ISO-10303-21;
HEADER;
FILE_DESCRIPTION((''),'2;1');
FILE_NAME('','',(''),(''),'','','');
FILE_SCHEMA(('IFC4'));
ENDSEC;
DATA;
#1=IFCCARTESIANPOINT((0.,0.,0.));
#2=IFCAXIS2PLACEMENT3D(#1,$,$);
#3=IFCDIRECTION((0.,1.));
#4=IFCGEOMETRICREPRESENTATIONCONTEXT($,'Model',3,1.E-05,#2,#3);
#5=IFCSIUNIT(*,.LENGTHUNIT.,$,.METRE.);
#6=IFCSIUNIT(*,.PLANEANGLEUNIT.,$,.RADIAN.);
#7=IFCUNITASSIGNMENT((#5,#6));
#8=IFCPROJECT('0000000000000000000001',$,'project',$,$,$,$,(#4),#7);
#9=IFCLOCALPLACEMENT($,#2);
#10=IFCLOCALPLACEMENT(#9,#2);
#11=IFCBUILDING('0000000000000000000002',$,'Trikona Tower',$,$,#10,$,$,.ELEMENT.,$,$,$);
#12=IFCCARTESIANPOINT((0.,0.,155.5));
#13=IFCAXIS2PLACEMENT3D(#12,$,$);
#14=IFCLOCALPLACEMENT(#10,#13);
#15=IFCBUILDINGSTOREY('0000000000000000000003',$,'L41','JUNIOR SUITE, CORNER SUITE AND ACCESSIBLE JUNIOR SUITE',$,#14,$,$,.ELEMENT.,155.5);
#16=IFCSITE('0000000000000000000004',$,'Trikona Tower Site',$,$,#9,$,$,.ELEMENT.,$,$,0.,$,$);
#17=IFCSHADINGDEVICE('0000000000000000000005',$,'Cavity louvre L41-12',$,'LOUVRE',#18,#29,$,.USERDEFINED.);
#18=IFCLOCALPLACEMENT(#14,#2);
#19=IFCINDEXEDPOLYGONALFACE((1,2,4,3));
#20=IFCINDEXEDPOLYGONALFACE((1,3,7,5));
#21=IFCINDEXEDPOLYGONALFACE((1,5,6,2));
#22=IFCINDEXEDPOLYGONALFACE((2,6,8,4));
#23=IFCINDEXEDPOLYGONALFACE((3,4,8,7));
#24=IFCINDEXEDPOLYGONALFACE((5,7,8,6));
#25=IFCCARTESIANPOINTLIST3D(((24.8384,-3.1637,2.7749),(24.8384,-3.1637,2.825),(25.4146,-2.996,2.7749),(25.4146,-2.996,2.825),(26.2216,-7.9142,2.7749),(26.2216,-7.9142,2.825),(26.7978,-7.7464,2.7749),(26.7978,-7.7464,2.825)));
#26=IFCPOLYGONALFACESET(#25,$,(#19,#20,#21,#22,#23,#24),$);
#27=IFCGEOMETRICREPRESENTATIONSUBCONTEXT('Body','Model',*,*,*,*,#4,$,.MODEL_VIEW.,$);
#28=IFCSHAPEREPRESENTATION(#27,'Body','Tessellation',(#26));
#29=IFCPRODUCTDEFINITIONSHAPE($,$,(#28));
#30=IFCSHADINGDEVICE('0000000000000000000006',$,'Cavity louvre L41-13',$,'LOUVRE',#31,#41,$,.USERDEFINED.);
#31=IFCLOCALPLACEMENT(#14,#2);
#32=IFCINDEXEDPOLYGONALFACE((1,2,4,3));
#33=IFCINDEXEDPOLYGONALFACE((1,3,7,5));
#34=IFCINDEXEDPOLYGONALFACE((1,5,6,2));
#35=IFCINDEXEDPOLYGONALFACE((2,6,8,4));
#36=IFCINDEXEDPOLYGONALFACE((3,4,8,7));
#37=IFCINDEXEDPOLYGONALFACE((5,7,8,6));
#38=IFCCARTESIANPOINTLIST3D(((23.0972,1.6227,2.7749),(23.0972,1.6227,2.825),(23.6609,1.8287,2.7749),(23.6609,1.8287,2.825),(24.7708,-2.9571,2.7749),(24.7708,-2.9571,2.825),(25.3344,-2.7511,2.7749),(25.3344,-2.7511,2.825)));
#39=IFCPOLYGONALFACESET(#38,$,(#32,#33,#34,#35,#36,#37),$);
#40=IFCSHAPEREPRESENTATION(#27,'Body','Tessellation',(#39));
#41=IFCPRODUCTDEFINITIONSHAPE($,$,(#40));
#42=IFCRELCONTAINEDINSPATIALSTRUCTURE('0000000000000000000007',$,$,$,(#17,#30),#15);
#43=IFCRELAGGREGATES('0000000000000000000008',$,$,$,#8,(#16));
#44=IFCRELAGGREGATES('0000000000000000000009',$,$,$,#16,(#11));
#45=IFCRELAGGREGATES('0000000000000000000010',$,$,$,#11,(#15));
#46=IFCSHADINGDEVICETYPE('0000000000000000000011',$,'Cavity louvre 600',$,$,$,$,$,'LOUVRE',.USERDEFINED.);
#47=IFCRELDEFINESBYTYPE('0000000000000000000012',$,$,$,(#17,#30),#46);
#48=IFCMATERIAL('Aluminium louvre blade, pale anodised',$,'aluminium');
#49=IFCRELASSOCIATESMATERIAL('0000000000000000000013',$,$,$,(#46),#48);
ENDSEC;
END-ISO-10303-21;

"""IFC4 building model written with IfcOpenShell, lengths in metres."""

from ifc_helpers import new_model, si_unit, direction, frame, origin, origin_2d, place, context, subcontext, project, spatial, rectangle, extrude, material, type_object, element, save


model = new_model("IFC4")

# Units and contexts
model_context = context("Model", 3, precision=1e-05, world=origin(), true_north=direction((0.0, 1.0)))
body_context = subcontext(model_context, "Body", "Model", "MODEL_VIEW")
ifc_project = project(units=[si_unit("LENGTHUNIT", "METRE"), si_unit("PLANEANGLEUNIT", "RADIAN")], contexts=[model_context])

# Site, building, storey
site_placement = place(None, origin())
site = spatial("IfcSite", under=ifc_project, at=site_placement, Name="Trikona Tower Site", CompositionType="ELEMENT", RefElevation=0.0)
building_placement = place(site_placement, origin())
building = spatial("IfcBuilding", under=site, at=building_placement, Name="Trikona Tower", CompositionType="ELEMENT")
storey_placement = place(building_placement, frame((0.0, 0.0, 155.5)))
storey = spatial("IfcBuildingStorey", under=building, at=storey_placement, Name="L41", Description="JUNIOR SUITE, CORNER SUITE AND ACCESSIBLE JUNIOR SUITE", CompositionType="ELEMENT", Elevation=155.5)

# Shading devices
ifc_material_1 = material(Name="Aluminium louvre blade, pale anodised", Category="aluminium")
shading_device_type = type_object("IfcShadingDeviceType", Name="Cavity louvre 600", ElementType="LOUVRE", PredefinedType="USERDEFINED", material=ifc_material_1)
shading_device_1_placement = place(storey_placement, frame((25.8181, -5.4551, 2.7749), z_axis=(0.0, 0.0, 1.0), x_axis=(-0.279554, 0.96013, 0.0)))
element("IfcShadingDevice", 1, at=shading_device_1_placement, inside=storey, type_object=shading_device_type, Name="Cavity louvre L41-12", ObjectType="LOUVRE", PredefinedType="USERDEFINED", context=body_context, shape_type="SweptSolid", body=[
    extrude(rectangle(XDim=4.9478, YDim=0.6001, at=origin_2d()), origin(), (0.0, 0.0, 1.0), 0.05),
])
shading_device_2_placement = place(storey_placement, frame((24.2158, -0.5642, 2.7749), z_axis=(0.0, 0.0, 1.0), x_axis=(-0.34322, 0.939255, 0.0)))
element("IfcShadingDevice", 2, at=shading_device_2_placement, inside=storey, type_object=shading_device_type, Name="Cavity louvre L41-13", ObjectType="LOUVRE", PredefinedType="USERDEFINED", context=body_context, shape_type="SweptSolid", body=[
    extrude(rectangle(XDim=4.876, YDim=0.6001, at=origin_2d()), origin(), (0.0, 0.0, 1.0), 0.05),
])

save(model, "model.ifc")
